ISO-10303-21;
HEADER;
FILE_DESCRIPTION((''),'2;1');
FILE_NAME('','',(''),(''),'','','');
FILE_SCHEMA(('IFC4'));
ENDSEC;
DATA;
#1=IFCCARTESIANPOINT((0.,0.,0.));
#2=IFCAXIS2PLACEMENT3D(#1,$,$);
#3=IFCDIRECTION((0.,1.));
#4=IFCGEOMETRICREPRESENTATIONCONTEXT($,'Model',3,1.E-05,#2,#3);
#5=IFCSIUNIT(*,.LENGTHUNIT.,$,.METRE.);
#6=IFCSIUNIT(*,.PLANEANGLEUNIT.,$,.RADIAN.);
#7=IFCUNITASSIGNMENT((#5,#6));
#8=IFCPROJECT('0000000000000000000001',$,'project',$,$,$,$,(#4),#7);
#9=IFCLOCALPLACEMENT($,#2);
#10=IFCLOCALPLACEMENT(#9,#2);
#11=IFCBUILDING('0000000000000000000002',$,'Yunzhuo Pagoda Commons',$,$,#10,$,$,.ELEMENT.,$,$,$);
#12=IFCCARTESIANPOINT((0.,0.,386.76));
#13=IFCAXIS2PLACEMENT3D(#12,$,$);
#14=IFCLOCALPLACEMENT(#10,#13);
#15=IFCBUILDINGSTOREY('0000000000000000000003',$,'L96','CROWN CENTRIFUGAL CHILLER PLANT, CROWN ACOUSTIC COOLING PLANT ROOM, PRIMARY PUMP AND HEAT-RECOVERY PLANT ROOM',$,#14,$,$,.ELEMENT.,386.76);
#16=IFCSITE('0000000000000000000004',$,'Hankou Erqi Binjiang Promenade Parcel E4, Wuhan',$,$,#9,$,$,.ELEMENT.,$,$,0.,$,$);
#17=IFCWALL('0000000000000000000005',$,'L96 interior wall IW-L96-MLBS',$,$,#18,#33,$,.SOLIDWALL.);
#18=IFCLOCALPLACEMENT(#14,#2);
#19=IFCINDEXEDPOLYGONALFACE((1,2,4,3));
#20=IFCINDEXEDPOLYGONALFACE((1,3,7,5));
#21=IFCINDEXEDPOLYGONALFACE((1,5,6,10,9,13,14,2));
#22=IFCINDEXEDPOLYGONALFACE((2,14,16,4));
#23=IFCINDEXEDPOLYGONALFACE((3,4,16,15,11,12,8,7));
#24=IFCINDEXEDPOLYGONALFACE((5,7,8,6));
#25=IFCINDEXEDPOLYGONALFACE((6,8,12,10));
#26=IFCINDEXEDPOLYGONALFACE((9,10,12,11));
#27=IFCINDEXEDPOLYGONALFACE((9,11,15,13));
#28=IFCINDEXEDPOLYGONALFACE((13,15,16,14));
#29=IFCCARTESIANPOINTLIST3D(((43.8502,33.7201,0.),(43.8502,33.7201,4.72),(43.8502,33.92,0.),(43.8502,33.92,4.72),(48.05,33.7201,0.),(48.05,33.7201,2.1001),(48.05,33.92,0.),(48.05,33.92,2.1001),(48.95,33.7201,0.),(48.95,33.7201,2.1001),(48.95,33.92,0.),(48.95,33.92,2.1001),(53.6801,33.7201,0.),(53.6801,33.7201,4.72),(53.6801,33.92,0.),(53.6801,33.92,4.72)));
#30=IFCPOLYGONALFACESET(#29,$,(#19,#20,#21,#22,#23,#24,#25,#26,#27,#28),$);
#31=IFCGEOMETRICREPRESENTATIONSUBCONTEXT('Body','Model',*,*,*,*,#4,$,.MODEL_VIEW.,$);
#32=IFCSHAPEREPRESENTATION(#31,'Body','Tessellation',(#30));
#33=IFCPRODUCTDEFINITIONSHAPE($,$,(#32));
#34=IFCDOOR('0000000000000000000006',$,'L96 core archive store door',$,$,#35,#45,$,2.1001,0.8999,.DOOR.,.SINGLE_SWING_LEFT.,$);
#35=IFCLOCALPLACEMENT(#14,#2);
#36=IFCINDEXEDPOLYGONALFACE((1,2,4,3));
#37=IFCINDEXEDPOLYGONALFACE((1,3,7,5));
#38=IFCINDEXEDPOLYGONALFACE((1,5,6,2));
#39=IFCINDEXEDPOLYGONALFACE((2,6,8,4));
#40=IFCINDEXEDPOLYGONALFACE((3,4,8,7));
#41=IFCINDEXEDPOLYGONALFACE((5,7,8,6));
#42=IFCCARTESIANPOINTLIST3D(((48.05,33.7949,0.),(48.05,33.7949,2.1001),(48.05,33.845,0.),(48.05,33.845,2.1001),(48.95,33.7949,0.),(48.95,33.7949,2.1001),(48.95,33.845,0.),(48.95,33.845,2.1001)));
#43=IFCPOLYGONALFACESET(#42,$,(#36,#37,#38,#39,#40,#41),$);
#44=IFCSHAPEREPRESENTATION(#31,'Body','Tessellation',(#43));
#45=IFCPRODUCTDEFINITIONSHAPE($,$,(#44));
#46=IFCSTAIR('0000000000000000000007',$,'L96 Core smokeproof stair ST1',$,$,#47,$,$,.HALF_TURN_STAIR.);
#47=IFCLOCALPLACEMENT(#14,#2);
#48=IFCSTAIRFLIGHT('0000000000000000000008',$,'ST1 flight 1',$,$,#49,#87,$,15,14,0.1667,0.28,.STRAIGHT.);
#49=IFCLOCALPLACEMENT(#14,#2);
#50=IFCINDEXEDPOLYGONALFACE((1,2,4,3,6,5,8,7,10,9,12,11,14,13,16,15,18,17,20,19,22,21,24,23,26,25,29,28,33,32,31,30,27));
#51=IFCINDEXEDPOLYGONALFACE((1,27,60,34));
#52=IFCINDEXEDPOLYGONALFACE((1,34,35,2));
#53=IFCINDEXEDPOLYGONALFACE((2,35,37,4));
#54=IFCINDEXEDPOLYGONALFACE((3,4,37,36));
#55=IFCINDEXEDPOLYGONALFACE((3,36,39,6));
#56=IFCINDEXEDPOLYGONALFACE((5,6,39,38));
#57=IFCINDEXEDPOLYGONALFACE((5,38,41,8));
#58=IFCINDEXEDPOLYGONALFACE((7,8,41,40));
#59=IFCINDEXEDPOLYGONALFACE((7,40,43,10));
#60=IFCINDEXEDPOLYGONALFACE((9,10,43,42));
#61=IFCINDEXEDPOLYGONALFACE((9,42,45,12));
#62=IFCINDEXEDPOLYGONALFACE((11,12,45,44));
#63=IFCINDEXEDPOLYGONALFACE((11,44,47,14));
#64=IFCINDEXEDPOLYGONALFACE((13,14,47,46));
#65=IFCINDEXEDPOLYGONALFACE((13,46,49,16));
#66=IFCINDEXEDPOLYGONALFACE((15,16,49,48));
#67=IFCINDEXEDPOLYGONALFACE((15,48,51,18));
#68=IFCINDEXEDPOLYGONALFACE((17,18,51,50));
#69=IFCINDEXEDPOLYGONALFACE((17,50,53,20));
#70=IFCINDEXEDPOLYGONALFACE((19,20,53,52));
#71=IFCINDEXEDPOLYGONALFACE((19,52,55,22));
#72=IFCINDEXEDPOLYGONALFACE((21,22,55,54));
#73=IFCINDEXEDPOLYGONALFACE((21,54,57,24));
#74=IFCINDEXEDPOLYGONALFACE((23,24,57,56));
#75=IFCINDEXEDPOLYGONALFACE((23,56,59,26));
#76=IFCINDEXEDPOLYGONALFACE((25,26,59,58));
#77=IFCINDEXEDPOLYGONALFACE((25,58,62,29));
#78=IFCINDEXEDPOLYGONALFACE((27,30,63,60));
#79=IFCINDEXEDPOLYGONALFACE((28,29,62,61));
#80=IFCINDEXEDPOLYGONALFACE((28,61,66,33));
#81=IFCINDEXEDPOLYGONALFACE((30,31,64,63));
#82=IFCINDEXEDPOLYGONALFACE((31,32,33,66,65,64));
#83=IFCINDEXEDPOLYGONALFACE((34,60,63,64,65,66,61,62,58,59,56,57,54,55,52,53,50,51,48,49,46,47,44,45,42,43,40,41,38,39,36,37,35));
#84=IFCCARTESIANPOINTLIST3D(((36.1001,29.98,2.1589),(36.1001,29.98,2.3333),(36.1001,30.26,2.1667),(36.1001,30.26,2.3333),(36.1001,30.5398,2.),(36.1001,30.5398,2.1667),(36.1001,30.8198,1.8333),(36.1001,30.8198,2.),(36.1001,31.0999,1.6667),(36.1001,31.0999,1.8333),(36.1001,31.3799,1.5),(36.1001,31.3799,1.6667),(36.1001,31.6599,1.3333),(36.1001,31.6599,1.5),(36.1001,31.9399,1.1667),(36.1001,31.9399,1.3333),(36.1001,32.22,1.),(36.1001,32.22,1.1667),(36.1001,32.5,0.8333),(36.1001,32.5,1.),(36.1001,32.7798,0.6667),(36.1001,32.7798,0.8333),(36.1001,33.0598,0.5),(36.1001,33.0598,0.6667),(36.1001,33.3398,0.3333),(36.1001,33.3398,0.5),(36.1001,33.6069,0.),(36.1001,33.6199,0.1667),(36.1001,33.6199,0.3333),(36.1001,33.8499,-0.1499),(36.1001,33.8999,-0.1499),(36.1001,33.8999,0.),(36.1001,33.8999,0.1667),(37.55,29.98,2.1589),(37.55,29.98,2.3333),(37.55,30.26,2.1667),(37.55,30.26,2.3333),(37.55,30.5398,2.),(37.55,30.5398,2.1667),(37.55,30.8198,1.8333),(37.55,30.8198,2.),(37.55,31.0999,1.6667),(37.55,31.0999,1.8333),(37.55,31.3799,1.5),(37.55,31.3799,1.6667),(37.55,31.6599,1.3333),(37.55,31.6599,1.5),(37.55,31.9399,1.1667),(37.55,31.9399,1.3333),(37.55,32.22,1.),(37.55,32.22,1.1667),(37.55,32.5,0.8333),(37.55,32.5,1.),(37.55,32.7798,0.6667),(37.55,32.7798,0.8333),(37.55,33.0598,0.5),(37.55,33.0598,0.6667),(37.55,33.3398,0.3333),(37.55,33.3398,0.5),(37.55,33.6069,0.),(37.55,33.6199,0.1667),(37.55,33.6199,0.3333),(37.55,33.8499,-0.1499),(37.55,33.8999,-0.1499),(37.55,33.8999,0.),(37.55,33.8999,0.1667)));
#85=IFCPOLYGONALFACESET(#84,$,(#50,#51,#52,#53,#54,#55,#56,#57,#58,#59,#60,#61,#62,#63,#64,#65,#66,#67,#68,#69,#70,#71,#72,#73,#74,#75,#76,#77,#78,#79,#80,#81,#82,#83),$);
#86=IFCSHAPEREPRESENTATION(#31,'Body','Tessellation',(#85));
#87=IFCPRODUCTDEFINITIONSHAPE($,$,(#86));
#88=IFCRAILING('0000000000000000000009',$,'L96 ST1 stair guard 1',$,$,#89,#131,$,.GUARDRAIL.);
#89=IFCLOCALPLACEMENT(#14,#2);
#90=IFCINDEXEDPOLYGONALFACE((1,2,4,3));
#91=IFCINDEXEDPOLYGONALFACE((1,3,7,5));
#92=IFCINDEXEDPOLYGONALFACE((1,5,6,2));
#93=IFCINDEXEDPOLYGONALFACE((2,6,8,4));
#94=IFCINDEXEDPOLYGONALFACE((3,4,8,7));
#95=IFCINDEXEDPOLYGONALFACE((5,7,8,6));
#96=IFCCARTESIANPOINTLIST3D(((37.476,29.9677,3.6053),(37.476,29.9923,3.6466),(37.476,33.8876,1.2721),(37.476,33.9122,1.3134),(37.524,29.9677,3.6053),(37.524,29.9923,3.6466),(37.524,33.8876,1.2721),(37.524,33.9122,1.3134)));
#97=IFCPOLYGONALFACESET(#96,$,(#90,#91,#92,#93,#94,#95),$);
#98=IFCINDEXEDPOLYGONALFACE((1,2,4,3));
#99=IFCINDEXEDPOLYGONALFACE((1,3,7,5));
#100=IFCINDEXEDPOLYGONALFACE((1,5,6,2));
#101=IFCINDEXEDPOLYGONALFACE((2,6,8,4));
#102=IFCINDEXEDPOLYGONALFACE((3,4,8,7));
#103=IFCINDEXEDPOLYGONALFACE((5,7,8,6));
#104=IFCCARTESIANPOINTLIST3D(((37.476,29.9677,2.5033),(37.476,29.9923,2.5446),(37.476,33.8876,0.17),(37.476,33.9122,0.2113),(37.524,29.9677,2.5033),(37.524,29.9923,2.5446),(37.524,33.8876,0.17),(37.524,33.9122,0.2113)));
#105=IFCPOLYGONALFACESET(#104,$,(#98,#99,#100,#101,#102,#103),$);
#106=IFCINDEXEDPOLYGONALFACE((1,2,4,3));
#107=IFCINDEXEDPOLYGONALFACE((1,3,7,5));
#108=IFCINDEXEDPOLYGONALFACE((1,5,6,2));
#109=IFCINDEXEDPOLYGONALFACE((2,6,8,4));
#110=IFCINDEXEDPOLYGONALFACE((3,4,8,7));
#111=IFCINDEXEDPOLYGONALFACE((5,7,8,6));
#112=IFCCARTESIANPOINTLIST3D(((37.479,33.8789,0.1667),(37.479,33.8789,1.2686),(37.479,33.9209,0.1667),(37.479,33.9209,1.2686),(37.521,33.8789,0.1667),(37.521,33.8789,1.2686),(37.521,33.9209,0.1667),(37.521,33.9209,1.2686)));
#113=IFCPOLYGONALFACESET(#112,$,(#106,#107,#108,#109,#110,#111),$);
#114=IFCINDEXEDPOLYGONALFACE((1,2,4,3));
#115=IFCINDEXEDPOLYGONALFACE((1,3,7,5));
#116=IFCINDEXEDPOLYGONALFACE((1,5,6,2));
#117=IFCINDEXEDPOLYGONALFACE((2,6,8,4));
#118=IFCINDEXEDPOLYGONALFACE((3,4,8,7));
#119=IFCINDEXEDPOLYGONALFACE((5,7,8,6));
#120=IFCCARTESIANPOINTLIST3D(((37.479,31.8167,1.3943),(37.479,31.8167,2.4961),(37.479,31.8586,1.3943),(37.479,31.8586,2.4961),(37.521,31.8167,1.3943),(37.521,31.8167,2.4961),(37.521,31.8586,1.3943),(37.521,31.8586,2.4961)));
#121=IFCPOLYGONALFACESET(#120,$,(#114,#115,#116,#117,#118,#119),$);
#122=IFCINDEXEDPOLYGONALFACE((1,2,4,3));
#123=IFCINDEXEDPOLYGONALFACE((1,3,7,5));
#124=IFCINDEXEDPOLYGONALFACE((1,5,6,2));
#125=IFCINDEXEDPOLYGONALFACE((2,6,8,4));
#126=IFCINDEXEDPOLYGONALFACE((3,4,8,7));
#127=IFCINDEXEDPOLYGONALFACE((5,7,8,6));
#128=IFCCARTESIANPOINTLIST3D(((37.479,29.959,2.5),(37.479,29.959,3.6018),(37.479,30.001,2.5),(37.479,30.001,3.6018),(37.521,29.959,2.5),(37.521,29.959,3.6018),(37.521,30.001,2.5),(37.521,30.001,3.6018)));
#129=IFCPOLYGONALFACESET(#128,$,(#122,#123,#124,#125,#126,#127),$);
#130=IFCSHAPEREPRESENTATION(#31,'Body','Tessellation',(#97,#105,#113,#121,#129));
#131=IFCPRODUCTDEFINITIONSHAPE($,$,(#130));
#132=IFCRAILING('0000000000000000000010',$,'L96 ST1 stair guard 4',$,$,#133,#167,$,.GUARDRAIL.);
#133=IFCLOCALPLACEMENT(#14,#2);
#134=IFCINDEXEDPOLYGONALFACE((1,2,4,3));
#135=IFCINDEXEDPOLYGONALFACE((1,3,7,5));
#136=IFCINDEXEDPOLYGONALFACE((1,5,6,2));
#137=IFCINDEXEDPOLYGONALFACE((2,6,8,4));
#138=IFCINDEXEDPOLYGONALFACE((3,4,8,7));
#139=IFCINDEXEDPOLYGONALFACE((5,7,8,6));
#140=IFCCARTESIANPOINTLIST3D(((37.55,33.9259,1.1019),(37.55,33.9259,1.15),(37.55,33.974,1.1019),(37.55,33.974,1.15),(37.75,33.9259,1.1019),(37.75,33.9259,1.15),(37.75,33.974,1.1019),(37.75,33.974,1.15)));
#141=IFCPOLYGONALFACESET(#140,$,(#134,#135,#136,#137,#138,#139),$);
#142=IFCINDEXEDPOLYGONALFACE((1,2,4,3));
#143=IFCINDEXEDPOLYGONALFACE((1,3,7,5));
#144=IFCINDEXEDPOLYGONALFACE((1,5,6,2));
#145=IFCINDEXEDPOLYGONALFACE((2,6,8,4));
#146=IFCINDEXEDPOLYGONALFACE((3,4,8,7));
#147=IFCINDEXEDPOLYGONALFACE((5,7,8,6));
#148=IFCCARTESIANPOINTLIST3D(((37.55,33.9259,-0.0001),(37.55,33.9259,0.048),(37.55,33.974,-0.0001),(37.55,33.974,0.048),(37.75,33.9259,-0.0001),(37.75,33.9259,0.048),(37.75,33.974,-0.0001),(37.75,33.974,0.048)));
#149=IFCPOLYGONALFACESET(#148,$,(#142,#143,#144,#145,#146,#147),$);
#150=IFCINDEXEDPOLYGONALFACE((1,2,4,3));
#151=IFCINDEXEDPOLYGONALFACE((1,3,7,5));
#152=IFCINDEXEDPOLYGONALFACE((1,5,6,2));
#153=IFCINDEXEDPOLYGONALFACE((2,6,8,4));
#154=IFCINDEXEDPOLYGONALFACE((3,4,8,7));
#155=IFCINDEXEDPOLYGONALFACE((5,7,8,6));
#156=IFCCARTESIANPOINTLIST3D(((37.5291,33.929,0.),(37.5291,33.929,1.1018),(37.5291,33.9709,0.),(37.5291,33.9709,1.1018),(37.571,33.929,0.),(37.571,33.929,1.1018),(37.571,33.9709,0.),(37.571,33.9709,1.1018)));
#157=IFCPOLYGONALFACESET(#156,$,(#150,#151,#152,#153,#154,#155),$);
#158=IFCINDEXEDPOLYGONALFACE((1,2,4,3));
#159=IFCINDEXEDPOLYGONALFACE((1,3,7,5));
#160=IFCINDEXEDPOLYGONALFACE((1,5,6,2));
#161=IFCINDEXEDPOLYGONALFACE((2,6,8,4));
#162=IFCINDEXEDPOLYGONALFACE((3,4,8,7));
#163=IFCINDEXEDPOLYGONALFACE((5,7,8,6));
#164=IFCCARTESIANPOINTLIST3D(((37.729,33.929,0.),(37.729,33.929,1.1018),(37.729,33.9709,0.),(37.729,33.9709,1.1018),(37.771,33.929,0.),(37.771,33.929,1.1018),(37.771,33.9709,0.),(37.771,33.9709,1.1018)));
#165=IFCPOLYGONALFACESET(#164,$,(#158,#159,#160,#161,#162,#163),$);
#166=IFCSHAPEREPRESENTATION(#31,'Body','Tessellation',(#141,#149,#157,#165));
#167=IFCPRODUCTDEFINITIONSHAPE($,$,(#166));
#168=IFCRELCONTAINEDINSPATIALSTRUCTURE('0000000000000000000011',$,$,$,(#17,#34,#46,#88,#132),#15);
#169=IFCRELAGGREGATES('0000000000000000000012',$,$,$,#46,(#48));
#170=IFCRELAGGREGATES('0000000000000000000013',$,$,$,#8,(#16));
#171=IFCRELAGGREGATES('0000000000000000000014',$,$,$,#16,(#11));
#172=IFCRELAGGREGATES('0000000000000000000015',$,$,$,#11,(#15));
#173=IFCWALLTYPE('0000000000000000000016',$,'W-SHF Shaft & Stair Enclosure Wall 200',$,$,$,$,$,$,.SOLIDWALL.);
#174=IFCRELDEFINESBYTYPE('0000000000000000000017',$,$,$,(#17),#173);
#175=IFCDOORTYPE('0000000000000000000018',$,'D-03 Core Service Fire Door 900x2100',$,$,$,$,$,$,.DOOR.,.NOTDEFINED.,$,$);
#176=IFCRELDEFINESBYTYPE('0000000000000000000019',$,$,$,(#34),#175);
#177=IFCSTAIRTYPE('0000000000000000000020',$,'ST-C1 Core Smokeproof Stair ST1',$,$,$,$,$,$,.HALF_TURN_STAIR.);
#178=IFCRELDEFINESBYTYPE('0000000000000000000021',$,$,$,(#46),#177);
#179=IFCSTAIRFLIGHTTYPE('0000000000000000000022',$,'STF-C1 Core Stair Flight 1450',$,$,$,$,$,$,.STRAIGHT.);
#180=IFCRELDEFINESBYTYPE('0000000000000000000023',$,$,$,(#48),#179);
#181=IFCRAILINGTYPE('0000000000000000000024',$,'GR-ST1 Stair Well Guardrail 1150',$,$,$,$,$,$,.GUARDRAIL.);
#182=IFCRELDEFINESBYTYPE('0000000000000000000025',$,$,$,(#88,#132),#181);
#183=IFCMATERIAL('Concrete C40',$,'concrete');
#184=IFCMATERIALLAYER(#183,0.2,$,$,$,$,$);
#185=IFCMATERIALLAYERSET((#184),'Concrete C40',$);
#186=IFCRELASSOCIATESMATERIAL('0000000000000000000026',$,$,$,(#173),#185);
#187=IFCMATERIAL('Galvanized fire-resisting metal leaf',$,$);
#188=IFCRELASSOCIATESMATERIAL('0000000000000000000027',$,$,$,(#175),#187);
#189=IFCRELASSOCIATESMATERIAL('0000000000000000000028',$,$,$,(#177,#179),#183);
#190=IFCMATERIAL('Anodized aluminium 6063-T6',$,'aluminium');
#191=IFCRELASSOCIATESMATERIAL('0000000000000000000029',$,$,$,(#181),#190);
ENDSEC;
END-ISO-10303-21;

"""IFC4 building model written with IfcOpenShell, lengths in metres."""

from ifc_helpers import new_model, si_unit, direction, frame, frame_2d, origin, origin_with_axes, origin_2d, place, context, subcontext, project, spatial, polyline, rectangle, outline, extrude, source, transform, mapped, material, layer, layer_set, type_object, element, fill, aggregate, save


model = new_model("IFC4")

# Units and contexts
model_context = context("Model", 3, precision=1e-05, world=origin(), true_north=direction((0.0, 1.0)))
body_context = subcontext(model_context, "Body", "Model", "MODEL_VIEW")
ifc_project = project(units=[si_unit("LENGTHUNIT", "METRE"), si_unit("PLANEANGLEUNIT", "RADIAN")], contexts=[model_context])

# Site, building, storey
site_placement = place(None, origin())
site = spatial("IfcSite", under=ifc_project, at=site_placement, Name="Hankou Erqi Binjiang Promenade Parcel E4, Wuhan", CompositionType="ELEMENT", RefElevation=0.0)
building_placement = place(site_placement, origin())
building = spatial("IfcBuilding", under=site, at=building_placement, Name="Yunzhuo Pagoda Commons", CompositionType="ELEMENT")
storey_placement = place(building_placement, frame((0.0, 0.0, 386.76)))
storey = spatial("IfcBuildingStorey", under=building, at=storey_placement, Name="L96", Description="CROWN CENTRIFUGAL CHILLER PLANT, CROWN ACOUSTIC COOLING PLANT ROOM, PRIMARY PUMP AND HEAT-RECOVERY PLANT ROOM", CompositionType="ELEMENT", Elevation=386.76)

# Shared definitions
ifc_material_1 = material(Name="Galvanized fire-resisting metal leaf")

# Shared definitions
ifc_material_2 = material(Name="Concrete C40", Category="concrete")
ifc_layer_1 = layer(ifc_material_2, 0.2)
ifc_layer_set_1 = layer_set([ifc_layer_1], Name="Concrete C40")
wall_type_1 = type_object("IfcWallType", Name="W-SHF Shaft & Stair Enclosure Wall 200", PredefinedType="SOLIDWALL", material=ifc_layer_set_1)

# Shared definitions
door_type_1 = type_object("IfcDoorType", Name="D-03 Core Service Fire Door 900x2100", OperationType="NOTDEFINED", PredefinedType="DOOR", material=ifc_material_1)
shared_shape_1 = source(origin(), body_context, "Body", "SweptSolid", [
    extrude(rectangle(XDim=0.8999, YDim=2.1001, at=frame_2d((0.45, 1.05))), frame((0.0, 0.0249, 0.0), z_axis=(0.0, -1.0, 0.0), x_axis=(1.0, 0.0, 0.0)), (0.0, 0.0, 1.0), 0.05),
])

# Wall, opening, door
wall_1_placement = place(storey_placement, frame((43.8501, 33.8201, 0.0), z_axis=(0.0, 0.0, 1.0), x_axis=(1.0, 0.0, 0.0)))
wall_1 = element("IfcWall", 1, at=wall_1_placement, inside=storey, type_object=wall_type_1, Name="L96 interior wall IW-L96-MLBS", PredefinedType="SOLIDWALL", context=body_context, shape_type="SweptSolid", body=[
    extrude(rectangle(XDim=9.8298, YDim=0.2, at=frame_2d((4.915, 0.0))), origin(), (0.0, 0.0, 1.0), 4.72),
])
opening_1_placement = place(wall_1_placement, frame((4.2, 0.0, 0.0)))
opening_1 = element("IfcOpeningElement", 2, at=opening_1_placement, cuts=wall_1, PredefinedType="OPENING", context=body_context, shape_type="SweptSolid", body=[
    extrude(rectangle(XDim=0.8999, YDim=2.1001, at=frame_2d((0.45, 1.05))), frame((0.0, 0.1099, 0.0), z_axis=(0.0, -1.0, 0.0), x_axis=(1.0, 0.0, 0.0)), (0.0, 0.0, 1.0), 0.22),
])
door_1_placement = place(opening_1_placement, origin_with_axes())
door_1 = element("IfcDoor", 3, at=door_1_placement, inside=storey, type_object=door_type_1, Name="L96 core archive store door", OperationType="SINGLE_SWING_LEFT", OverallHeight=2.1001, OverallWidth=0.8999, PredefinedType="DOOR", context=body_context, shape_type="MappedRepresentation", body=[
    mapped(shared_shape_1, transform((0.0, 0.0, 0.0), scale=1.0)),
])
fill(opening_1, door_1)

# Stair, stair flight
stair_type = type_object("IfcStairType", Name="ST-C1 Core Smokeproof Stair ST1", PredefinedType="HALF_TURN_STAIR", material=ifc_material_2)
stair_placement = place(storey_placement, origin())
stair = element("IfcStair", 4, at=stair_placement, inside=storey, type_object=stair_type, Name="L96 Core smokeproof stair ST1", PredefinedType="HALF_TURN_STAIR")
stair_flight_type = type_object("IfcStairFlightType", Name="STF-C1 Core Stair Flight 1450", PredefinedType="STRAIGHT", material=ifc_material_2)
shared_shape_2 = source(origin(), body_context, "Body", "SweptSolid", [
    extrude(outline(polyline([(0.0, -0.1499), (0.0, 0.0), (0.0, 0.1667), (0.28, 0.1667), (0.28, 0.3333), (0.5601, 0.3333), (0.5601, 0.5), (0.8401, 0.5), (0.8401, 0.6667), (1.1201, 0.6667), (1.1201, 0.8333), (1.3999, 0.8333), (1.3999, 1.0), (1.6799, 1.0), (1.6799, 1.1667), (1.96, 1.1667), (1.96, 1.3333), (2.24, 1.3333), (2.24, 1.5), (2.52, 1.5), (2.52, 1.6667), (2.8, 1.6667), (2.8, 1.8333), (3.0801, 1.8333), (3.0801, 2.0), (3.3601, 2.0), (3.3601, 2.1667), (3.6399, 2.1667), (3.6399, 2.3333), (3.9199, 2.3333), (3.9199, 2.5), (3.9199, 2.1589), (0.293, 0.0), (0.05, -0.1499), (0.0, -0.1499)])), frame((0.0, 0.7251, 0.0), z_axis=(0.0, -1.0, 0.0), x_axis=(1.0, 0.0, 0.0)), (0.0, 0.0, 1.0), 1.45),
])
stair_flight_placement = place(storey_placement, frame((36.825, 33.8999, 0.0), z_axis=(0.0, 0.0, 1.0), x_axis=(0.0, -1.0, 0.0)))
stair_flight = element("IfcStairFlight", 5, at=stair_flight_placement, type_object=stair_flight_type, Name="ST1 flight 1", NumberOfRisers=15, NumberOfTreads=14, PredefinedType="STRAIGHT", RiserHeight=0.1667, TreadLength=0.28, context=body_context, shape_type="MappedRepresentation", body=[
    mapped(shared_shape_2, transform((0.0, 0.0, 0.0), scale=1.0)),
])
aggregate(stair, [stair_flight])

# Railings
ifc_material_3 = material(Name="Anodized aluminium 6063-T6", Category="aluminium")
railing_type_1 = type_object("IfcRailingType", Name="GR-ST1 Stair Well Guardrail 1150", PredefinedType="GUARDRAIL", material=ifc_material_3)
railing_1_placement = place(storey_placement, frame((37.5, 33.8999, 0.1667)))
element("IfcRailing", 6, at=railing_1_placement, inside=storey, type_object=railing_type_1, Name="L96 ST1 stair guard 1", PredefinedType="GUARDRAIL", context=body_context, shape_type="SweptSolid", body=[
    extrude(rectangle(XDim=0.0481, YDim=0.0481, at=origin_2d()), frame((0.0, 0.0, 1.126), z_axis=(0.0, -0.859296, 0.511478), x_axis=(1.0, 0.0, 0.0)), (0.0, 0.0, 1.0), 4.5618),
    extrude(rectangle(XDim=0.0481, YDim=0.0481, at=origin_2d()), frame((0.0, 0.0, 0.0239), z_axis=(0.0, -0.859296, 0.511478), x_axis=(1.0, 0.0, 0.0)), (0.0, 0.0, 1.0), 4.5618),
    extrude(rectangle(XDim=0.042, YDim=0.042, at=origin_2d()), origin(), (0.0, 0.0, 1.0), 1.1018),
    extrude(rectangle(XDim=0.042, YDim=0.042, at=origin_2d()), frame((0.0, -2.0623, 1.2275)), (0.0, 0.0, 1.0), 1.1018),
    extrude(rectangle(XDim=0.042, YDim=0.042, at=origin_2d()), frame((0.0, -3.9199, 2.3333)), (0.0, 0.0, 1.0), 1.1018),
])
railing_2_placement = place(storey_placement, frame((37.55, 33.95, 0.0)))
element("IfcRailing", 7, at=railing_2_placement, inside=storey, type_object=railing_type_1, Name="L96 ST1 stair guard 4", PredefinedType="GUARDRAIL", context=body_context, shape_type="SweptSolid", body=[
    extrude(rectangle(XDim=0.0481, YDim=0.0481, at=origin_2d()), frame((0.0, 0.0, 1.126), z_axis=(1.0, 0.0, 0.0), x_axis=(0.0, 1.0, 0.0)), (0.0, 0.0, 1.0), 0.2),
    extrude(rectangle(XDim=0.0481, YDim=0.0481, at=origin_2d()), frame((0.0, 0.0, 0.0239), z_axis=(1.0, 0.0, 0.0), x_axis=(0.0, 1.0, 0.0)), (0.0, 0.0, 1.0), 0.2),
    extrude(rectangle(XDim=0.042, YDim=0.042, at=origin_2d()), origin(), (0.0, 0.0, 1.0), 1.1018),
    extrude(rectangle(XDim=0.042, YDim=0.042, at=origin_2d()), frame((0.2, 0.0, 0.0)), (0.0, 0.0, 1.0), 1.1018),
])

save(model, "model.ifc")
